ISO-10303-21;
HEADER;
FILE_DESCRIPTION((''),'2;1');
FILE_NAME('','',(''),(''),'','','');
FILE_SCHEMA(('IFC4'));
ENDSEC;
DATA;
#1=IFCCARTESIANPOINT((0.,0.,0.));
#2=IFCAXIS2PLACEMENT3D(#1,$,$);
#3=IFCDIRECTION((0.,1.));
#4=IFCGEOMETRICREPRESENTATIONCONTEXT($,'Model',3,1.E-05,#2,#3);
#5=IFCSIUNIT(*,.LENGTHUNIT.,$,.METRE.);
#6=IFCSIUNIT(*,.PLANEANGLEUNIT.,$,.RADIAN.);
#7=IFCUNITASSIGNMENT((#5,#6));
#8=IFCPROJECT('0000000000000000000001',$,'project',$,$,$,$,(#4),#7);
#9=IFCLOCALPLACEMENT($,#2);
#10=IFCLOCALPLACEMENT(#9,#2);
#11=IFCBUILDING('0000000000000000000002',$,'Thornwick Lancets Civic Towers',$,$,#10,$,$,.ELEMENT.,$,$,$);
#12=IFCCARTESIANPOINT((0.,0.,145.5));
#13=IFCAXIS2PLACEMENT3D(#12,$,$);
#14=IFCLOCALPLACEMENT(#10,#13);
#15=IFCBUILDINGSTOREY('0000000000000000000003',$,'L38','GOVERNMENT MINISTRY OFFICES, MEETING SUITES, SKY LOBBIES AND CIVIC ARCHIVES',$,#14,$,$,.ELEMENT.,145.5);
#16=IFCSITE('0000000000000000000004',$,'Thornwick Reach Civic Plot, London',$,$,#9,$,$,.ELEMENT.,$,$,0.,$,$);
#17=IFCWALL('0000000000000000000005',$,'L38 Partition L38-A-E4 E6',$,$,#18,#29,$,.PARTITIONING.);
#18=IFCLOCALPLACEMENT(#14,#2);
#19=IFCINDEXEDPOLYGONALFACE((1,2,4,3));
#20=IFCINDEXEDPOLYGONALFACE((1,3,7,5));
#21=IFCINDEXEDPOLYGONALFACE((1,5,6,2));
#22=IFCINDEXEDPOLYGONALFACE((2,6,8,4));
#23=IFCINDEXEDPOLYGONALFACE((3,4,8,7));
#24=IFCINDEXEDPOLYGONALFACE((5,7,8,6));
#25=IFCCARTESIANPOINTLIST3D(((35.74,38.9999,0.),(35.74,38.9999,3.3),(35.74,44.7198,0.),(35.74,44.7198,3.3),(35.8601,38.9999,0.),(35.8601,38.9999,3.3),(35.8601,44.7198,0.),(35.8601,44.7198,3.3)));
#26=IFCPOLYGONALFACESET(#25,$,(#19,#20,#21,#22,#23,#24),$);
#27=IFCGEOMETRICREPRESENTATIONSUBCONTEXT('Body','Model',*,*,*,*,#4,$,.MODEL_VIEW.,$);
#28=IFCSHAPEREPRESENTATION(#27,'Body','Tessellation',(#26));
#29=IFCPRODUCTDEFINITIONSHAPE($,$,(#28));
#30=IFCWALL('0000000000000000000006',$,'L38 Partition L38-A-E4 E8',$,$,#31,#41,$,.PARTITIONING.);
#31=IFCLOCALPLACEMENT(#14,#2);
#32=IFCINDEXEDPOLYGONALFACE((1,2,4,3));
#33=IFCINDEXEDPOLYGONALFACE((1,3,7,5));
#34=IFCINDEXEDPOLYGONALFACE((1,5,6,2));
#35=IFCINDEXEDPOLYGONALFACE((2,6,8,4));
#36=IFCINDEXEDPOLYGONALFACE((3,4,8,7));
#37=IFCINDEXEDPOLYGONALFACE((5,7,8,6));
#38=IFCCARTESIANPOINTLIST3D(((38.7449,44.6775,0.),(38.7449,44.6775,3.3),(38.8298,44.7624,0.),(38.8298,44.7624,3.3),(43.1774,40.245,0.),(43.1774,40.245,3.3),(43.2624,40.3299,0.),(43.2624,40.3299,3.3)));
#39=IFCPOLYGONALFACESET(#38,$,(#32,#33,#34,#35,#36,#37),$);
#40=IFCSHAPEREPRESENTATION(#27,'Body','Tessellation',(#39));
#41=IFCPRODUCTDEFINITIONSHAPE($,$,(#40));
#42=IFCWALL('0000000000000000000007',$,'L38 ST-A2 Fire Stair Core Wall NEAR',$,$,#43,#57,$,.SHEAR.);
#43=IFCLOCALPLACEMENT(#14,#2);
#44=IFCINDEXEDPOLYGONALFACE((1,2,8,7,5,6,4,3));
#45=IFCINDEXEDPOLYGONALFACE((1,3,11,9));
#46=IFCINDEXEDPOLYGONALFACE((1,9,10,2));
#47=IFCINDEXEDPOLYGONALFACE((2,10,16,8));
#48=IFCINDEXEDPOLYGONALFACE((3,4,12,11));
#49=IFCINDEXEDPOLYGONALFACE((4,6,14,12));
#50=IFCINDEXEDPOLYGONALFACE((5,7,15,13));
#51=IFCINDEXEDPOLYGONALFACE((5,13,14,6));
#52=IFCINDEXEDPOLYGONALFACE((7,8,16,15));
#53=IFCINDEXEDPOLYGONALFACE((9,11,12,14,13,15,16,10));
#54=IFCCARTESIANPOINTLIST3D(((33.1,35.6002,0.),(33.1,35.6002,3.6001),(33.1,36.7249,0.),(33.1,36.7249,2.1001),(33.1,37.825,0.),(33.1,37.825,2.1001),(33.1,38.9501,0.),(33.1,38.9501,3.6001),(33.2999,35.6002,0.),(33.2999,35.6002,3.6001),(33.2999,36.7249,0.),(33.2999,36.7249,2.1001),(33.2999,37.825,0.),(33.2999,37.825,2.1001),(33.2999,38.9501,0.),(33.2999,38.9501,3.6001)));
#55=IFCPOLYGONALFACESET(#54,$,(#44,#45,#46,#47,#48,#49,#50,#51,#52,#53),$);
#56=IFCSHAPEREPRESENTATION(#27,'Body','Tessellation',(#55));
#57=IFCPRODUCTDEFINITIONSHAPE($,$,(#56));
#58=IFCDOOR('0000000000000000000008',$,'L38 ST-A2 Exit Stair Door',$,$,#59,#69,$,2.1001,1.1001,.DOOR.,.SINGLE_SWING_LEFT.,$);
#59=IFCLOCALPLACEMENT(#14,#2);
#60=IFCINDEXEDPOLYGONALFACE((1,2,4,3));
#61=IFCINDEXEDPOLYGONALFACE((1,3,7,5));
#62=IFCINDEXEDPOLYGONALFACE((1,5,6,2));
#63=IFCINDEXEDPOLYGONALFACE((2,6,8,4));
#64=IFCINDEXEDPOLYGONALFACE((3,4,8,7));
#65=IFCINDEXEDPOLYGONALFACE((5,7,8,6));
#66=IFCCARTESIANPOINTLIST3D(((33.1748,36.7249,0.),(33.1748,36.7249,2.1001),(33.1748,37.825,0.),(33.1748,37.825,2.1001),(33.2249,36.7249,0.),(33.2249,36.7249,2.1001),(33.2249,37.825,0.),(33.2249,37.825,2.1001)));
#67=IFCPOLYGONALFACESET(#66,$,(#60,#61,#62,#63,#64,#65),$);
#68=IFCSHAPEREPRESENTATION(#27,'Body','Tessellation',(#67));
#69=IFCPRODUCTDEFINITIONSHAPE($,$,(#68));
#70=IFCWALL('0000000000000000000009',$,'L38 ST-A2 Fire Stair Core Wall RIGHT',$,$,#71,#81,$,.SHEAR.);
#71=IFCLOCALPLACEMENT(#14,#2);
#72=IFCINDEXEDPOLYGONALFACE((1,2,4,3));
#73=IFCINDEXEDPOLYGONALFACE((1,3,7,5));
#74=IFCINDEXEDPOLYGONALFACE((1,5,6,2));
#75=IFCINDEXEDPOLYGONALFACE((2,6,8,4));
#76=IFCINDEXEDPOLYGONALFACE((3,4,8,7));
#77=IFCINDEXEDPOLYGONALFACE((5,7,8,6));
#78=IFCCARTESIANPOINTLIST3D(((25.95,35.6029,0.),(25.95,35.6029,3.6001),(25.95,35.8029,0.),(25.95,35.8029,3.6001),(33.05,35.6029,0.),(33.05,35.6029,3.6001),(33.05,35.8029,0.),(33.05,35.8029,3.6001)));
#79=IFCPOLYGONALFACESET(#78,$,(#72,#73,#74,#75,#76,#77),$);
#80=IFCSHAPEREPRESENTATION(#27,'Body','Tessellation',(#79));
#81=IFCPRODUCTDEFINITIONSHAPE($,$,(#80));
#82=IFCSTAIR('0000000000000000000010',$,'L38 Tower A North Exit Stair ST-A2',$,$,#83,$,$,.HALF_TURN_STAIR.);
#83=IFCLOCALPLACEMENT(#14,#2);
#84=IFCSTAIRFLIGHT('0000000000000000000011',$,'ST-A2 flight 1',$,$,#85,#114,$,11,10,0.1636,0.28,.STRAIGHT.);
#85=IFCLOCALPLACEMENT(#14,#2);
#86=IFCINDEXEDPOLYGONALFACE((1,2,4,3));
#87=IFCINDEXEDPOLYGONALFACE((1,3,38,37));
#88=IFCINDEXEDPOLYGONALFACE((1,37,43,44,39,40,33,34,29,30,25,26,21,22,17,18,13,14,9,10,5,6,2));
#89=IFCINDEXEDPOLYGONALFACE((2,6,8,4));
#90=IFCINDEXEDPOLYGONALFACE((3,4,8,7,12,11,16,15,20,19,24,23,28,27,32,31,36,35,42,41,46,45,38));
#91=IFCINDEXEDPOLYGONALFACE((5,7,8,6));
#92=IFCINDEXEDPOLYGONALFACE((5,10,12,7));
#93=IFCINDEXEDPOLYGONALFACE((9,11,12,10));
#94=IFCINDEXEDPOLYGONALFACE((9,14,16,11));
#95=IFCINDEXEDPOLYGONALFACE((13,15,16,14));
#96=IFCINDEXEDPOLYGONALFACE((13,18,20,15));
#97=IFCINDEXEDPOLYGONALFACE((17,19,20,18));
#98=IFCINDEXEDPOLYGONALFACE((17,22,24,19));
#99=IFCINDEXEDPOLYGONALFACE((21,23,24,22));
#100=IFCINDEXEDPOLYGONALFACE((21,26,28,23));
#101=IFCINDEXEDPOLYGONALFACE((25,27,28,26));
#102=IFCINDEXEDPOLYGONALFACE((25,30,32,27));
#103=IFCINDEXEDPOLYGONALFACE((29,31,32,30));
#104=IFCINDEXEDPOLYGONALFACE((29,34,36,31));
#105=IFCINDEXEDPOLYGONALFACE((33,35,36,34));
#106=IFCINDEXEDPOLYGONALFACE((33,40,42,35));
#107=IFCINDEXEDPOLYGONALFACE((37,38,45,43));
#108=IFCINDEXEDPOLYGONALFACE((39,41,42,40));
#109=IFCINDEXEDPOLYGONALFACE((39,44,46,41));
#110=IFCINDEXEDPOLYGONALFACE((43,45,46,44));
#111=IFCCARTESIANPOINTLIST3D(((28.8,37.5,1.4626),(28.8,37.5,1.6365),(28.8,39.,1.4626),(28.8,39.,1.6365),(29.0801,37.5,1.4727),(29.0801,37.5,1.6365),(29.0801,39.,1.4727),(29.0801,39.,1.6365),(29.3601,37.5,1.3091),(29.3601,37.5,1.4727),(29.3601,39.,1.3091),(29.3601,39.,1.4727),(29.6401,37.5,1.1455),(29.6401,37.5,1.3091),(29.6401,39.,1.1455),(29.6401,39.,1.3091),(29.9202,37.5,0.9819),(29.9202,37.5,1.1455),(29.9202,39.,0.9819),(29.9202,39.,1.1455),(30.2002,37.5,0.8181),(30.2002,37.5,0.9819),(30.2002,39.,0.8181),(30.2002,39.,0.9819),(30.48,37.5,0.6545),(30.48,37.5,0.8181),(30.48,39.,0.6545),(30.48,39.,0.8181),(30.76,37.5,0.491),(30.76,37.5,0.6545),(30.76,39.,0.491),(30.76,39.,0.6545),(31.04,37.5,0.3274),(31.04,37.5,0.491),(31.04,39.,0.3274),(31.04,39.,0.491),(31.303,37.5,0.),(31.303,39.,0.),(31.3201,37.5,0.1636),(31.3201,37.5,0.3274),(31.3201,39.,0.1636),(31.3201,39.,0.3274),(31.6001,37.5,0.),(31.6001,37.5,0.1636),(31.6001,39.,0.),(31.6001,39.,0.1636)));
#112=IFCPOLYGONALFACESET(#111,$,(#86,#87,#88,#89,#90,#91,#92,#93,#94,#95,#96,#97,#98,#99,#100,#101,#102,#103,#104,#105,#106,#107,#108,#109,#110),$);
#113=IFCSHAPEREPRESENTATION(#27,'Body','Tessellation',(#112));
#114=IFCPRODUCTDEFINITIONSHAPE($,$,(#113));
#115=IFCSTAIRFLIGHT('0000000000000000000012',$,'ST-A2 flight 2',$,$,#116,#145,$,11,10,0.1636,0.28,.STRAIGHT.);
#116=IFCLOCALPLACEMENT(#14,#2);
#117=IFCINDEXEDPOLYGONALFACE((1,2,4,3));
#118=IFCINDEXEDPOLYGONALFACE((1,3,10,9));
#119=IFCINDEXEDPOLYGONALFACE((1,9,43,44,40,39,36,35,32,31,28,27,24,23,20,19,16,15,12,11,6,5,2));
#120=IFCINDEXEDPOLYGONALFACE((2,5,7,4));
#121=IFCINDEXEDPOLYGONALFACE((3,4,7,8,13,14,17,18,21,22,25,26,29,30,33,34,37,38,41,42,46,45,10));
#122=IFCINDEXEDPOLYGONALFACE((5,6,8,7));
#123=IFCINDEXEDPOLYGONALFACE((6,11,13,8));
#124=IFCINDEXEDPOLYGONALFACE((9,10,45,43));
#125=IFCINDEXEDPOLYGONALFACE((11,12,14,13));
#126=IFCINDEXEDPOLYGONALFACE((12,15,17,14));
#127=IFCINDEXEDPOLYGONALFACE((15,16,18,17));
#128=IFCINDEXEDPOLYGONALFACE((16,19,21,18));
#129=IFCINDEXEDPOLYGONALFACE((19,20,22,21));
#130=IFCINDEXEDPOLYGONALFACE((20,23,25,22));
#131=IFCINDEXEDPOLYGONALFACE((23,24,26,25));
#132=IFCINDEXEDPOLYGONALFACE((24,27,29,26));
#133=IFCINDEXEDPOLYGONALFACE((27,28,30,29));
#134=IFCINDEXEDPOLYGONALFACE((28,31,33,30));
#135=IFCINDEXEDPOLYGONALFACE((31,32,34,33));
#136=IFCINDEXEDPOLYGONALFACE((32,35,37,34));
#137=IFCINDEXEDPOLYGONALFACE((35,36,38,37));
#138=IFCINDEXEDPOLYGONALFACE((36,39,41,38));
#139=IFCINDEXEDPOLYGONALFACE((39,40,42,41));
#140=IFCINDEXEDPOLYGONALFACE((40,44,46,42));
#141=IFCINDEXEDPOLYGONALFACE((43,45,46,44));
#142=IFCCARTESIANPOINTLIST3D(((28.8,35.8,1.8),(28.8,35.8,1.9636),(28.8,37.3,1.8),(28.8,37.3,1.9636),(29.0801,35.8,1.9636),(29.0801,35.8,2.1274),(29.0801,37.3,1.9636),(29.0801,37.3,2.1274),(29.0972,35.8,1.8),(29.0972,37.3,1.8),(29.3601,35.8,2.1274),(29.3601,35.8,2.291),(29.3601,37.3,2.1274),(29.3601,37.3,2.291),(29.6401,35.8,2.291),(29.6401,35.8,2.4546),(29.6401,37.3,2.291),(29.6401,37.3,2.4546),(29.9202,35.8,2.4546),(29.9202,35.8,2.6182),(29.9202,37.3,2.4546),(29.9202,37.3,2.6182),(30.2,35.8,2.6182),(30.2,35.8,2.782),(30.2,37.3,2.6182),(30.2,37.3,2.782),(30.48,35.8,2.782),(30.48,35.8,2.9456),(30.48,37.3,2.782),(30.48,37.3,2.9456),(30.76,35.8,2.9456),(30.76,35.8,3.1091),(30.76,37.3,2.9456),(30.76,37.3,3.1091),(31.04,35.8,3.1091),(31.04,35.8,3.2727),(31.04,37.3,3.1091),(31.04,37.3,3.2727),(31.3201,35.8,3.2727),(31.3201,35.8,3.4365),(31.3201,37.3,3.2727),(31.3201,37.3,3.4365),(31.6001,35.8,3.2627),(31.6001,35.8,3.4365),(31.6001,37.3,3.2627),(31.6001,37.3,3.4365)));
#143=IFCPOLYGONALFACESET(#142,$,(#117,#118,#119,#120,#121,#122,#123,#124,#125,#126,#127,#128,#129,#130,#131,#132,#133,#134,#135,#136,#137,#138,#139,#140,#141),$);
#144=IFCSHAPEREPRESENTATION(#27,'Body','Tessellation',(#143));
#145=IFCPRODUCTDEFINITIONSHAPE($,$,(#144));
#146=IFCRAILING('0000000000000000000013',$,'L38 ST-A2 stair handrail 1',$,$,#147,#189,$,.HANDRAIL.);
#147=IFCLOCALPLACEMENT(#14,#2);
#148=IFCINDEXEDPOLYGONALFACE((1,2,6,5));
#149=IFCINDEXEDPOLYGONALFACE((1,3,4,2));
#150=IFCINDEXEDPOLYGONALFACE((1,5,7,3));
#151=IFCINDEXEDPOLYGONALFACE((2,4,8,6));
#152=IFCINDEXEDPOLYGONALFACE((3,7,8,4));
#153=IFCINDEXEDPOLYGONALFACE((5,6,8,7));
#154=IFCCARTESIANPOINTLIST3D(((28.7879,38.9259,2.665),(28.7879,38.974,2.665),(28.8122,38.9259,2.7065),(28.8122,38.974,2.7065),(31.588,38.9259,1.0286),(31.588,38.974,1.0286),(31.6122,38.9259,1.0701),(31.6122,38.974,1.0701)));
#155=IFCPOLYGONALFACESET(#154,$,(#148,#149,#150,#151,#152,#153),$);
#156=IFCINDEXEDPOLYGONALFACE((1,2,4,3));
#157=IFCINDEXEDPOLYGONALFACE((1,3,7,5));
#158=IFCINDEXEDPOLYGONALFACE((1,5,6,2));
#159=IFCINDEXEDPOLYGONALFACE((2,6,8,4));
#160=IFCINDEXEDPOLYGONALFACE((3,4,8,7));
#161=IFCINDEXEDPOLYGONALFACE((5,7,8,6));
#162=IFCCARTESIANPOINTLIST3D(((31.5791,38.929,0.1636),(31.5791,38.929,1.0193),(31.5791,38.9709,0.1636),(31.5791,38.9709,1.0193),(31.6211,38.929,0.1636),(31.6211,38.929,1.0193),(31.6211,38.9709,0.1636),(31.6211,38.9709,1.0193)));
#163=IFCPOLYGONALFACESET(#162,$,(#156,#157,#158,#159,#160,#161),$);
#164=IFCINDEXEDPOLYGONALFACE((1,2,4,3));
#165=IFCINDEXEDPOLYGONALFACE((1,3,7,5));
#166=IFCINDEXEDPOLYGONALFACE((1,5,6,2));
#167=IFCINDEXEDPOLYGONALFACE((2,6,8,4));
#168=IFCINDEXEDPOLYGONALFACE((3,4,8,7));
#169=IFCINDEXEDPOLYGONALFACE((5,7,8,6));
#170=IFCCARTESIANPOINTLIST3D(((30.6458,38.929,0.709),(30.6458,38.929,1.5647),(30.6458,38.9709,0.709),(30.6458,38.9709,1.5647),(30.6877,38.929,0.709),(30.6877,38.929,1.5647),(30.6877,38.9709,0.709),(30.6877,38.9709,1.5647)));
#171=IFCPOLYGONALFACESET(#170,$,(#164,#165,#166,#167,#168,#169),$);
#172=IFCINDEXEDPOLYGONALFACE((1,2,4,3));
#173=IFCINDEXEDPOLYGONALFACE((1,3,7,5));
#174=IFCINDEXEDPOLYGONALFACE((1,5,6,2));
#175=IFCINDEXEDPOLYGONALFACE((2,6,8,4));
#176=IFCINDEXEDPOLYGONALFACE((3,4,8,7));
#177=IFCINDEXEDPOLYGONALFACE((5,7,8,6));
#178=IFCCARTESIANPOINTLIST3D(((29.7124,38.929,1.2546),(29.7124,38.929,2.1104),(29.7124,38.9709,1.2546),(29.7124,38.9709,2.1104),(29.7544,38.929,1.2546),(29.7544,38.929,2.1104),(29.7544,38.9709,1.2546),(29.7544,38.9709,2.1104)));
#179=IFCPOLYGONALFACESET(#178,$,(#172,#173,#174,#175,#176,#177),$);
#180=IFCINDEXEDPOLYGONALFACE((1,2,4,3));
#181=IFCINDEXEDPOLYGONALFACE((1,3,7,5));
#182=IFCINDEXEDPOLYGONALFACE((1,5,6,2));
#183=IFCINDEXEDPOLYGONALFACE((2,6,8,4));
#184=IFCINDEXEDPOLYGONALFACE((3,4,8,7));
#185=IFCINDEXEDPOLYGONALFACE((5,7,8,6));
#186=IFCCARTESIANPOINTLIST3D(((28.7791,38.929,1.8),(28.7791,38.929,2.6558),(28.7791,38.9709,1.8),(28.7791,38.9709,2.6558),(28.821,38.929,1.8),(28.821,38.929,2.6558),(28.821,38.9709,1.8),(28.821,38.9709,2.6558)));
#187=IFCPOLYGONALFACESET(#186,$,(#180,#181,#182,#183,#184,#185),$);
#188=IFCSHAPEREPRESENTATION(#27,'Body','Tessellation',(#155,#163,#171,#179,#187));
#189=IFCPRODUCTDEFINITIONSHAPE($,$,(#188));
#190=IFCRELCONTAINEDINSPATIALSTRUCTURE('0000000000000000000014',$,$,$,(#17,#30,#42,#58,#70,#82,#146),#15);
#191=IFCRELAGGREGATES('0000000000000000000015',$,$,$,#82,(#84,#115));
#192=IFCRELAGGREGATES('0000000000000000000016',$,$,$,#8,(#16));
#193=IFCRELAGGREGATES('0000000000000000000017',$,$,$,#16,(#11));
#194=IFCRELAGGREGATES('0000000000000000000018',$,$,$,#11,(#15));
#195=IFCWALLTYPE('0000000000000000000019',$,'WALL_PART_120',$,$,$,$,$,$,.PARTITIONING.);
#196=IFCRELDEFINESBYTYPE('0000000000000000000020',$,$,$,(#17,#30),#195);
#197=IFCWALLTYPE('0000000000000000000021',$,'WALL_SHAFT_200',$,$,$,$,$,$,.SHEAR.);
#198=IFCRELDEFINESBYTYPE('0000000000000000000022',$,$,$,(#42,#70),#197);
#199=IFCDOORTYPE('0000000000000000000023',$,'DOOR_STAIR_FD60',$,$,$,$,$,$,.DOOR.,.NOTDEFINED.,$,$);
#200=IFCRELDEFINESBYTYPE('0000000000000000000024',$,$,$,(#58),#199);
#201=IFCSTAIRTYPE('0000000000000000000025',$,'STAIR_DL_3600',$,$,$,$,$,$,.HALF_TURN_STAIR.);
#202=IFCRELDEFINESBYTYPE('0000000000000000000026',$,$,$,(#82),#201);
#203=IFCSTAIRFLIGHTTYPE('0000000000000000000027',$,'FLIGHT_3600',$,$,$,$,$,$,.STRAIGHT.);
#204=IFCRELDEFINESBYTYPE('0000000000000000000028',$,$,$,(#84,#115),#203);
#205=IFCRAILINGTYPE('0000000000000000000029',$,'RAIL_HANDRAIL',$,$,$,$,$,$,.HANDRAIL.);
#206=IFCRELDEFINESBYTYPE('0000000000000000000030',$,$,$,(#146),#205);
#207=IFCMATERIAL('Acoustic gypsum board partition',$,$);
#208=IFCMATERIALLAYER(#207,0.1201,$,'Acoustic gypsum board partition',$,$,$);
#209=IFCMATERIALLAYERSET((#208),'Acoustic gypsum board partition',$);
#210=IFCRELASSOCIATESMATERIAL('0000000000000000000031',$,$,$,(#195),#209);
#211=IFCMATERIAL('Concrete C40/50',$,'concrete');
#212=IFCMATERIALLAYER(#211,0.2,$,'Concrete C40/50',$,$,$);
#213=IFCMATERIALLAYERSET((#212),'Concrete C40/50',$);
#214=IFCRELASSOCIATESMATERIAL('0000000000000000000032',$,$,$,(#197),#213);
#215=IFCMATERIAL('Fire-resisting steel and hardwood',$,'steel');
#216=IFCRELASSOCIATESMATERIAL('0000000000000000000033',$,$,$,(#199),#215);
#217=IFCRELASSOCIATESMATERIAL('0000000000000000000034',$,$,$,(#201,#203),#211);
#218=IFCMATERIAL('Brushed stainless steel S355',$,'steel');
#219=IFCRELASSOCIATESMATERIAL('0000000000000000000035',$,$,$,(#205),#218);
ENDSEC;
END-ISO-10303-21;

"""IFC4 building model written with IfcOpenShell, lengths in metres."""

from ifc_helpers import new_model, si_unit, direction, frame, frame_2d, origin, origin_2d, place, context, subcontext, project, spatial, polyline, rectangle, outline, extrude, material, layer, layer_set, type_object, element, fill, aggregate, save


model = new_model("IFC4")

# Units and contexts
model_context = context("Model", 3, precision=1e-05, world=origin(), true_north=direction((0.0, 1.0)))
body_context = subcontext(model_context, "Body", "Model", "MODEL_VIEW")
ifc_project = project(units=[si_unit("LENGTHUNIT", "METRE"), si_unit("PLANEANGLEUNIT", "RADIAN")], contexts=[model_context])

# Site, building, storey
site_placement = place(None, origin())
site = spatial("IfcSite", under=ifc_project, at=site_placement, Name="Thornwick Reach Civic Plot, London", CompositionType="ELEMENT", RefElevation=0.0)
building_placement = place(site_placement, origin())
building = spatial("IfcBuilding", under=site, at=building_placement, Name="Thornwick Lancets Civic Towers", CompositionType="ELEMENT")
storey_placement = place(building_placement, frame((0.0, 0.0, 145.5)))
storey = spatial("IfcBuildingStorey", under=building, at=storey_placement, Name="L38", Description="GOVERNMENT MINISTRY OFFICES, MEETING SUITES, SKY LOBBIES AND CIVIC ARCHIVES", CompositionType="ELEMENT", Elevation=145.5)

# Shared definitions
ifc_material_1 = material(Name="Concrete C40/50", Category="concrete")

# Walls
ifc_material_2 = material(Name="Acoustic gypsum board partition")
ifc_layer_1 = layer(ifc_material_2, 0.1201, Name="Acoustic gypsum board partition")
ifc_layer_set_1 = layer_set([ifc_layer_1], Name="Acoustic gypsum board partition")
wall_type_1 = type_object("IfcWallType", Name="WALL_PART_120", PredefinedType="PARTITIONING", material=ifc_layer_set_1)
wall_1_placement = place(storey_placement, frame((35.8, 39.0, 0.0), z_axis=(0.0, 0.0, 1.0), x_axis=(0.0, 1.0, 0.0)))
element("IfcWall", 1, at=wall_1_placement, inside=storey, type_object=wall_type_1, Name="L38 Partition L38-A-E4 E6", PredefinedType="PARTITIONING", context=body_context, shape_type="SweptSolid", body=[
    extrude(rectangle(XDim=5.72, YDim=0.1201, at=frame_2d((2.8599, 0.0))), origin(), (0.0, 0.0, 1.0), 3.3),
])
wall_2_placement = place(storey_placement, frame((38.7874, 44.72, 0.0), z_axis=(0.0, 0.0, 1.0), x_axis=(0.707107, -0.707107, 0.0)))
element("IfcWall", 2, at=wall_2_placement, inside=storey, type_object=wall_type_1, Name="L38 Partition L38-A-E4 E8", PredefinedType="PARTITIONING", context=body_context, shape_type="SweptSolid", body=[
    extrude(rectangle(XDim=6.2686, YDim=0.1201, at=frame_2d((3.1343, 0.0))), origin(), (0.0, 0.0, 1.0), 3.3),
])

# Wall, opening, door
ifc_layer_2 = layer(ifc_material_1, 0.2, Name="Concrete C40/50")
ifc_layer_set_2 = layer_set([ifc_layer_2], Name="Concrete C40/50")
wall_type_2 = type_object("IfcWallType", Name="WALL_SHAFT_200", PredefinedType="SHEAR", material=ifc_layer_set_2)
wall_3_placement = place(storey_placement, frame((33.2, 38.95, 0.0), z_axis=(0.0, 0.0, 1.0), x_axis=(0.0, -1.0, 0.0)))
wall_3 = element("IfcWall", 3, at=wall_3_placement, inside=storey, type_object=wall_type_2, Name="L38 ST-A2 Fire Stair Core Wall NEAR", PredefinedType="SHEAR", context=body_context, shape_type="SweptSolid", body=[
    extrude(rectangle(XDim=3.3499, YDim=0.2, at=frame_2d((1.6748, 0.0))), origin(), (0.0, 0.0, 1.0), 3.6001),
])
opening_1_placement = place(wall_3_placement, frame((1.125, 0.0, 0.0)))
opening_1 = element("IfcOpeningElement", 4, at=opening_1_placement, cuts=wall_3, PredefinedType="OPENING", context=body_context, shape_type="SweptSolid", body=[
    extrude(rectangle(XDim=1.1001, YDim=2.1001, at=frame_2d((0.55, 1.05))), frame((0.0, 0.1099, 0.0), z_axis=(0.0, -1.0, 0.0), x_axis=(1.0, 0.0, 0.0)), (0.0, 0.0, 1.0), 0.22),
])
ifc_material_3 = material(Name="Fire-resisting steel and hardwood", Category="steel")
door_type = type_object("IfcDoorType", Name="DOOR_STAIR_FD60", OperationType="NOTDEFINED", PredefinedType="DOOR", material=ifc_material_3)
door_placement = place(opening_1_placement, origin())
door = element("IfcDoor", 5, at=door_placement, inside=storey, type_object=door_type, Name="L38 ST-A2 Exit Stair Door", OperationType="SINGLE_SWING_LEFT", OverallHeight=2.1001, OverallWidth=1.1001, PredefinedType="DOOR", context=body_context, shape_type="SweptSolid", body=[
    extrude(rectangle(XDim=1.1001, YDim=2.1001, at=frame_2d((0.55, 1.05))), frame((0.0, 0.0249, 0.0), z_axis=(0.0, -1.0, 0.0), x_axis=(1.0, 0.0, 0.0)), (0.0, 0.0, 1.0), 0.05),
])
fill(opening_1, door)

# Wall
wall_4_placement = place(storey_placement, frame((25.95, 35.7029, 0.0), z_axis=(0.0, 0.0, 1.0), x_axis=(1.0, 0.0, 0.0)))
element("IfcWall", 6, at=wall_4_placement, inside=storey, type_object=wall_type_2, Name="L38 ST-A2 Fire Stair Core Wall RIGHT", PredefinedType="SHEAR", context=body_context, shape_type="SweptSolid", body=[
    extrude(rectangle(XDim=7.1001, YDim=0.2, at=frame_2d((3.55, 0.0))), origin(), (0.0, 0.0, 1.0), 3.6001),
])

# Stair, stair flights
stair_type = type_object("IfcStairType", Name="STAIR_DL_3600", PredefinedType="HALF_TURN_STAIR", material=ifc_material_1)
stair_placement = place(storey_placement, origin())
stair = element("IfcStair", 7, at=stair_placement, inside=storey, type_object=stair_type, Name="L38 Tower A North Exit Stair ST-A2", PredefinedType="HALF_TURN_STAIR")
stair_flight_type = type_object("IfcStairFlightType", Name="FLIGHT_3600", PredefinedType="STRAIGHT", material=ifc_material_1)
stair_flight_1_placement = place(storey_placement, frame((31.6001, 38.25, 0.0), z_axis=(0.0, 0.0, 1.0), x_axis=(-1.0, 0.0, 0.0)))
stair_flight_1 = element("IfcStairFlight", 8, at=stair_flight_1_placement, type_object=stair_flight_type, Name="ST-A2 flight 1", NumberOfRisers=11, NumberOfTreads=10, PredefinedType="STRAIGHT", RiserHeight=0.1636, TreadLength=0.28, context=body_context, shape_type="SweptSolid", body=[
    extrude(outline(polyline([(0.0, 0.0), (0.0, 0.1636), (0.28, 0.1636), (0.28, 0.3274), (0.5601, 0.3274), (0.5601, 0.491), (0.8401, 0.491), (0.8401, 0.6545), (1.1201, 0.6545), (1.1201, 0.8181), (1.3999, 0.8181), (1.3999, 0.9819), (1.6799, 0.9819), (1.6799, 1.1455), (1.96, 1.1455), (1.96, 1.3091), (2.24, 1.3091), (2.24, 1.4727), (2.52, 1.4727), (2.52, 1.6365), (2.8, 1.6365), (2.8, 1.8), (2.8, 1.4626), (0.2971, 0.0), (0.0, 0.0)])), frame((0.0, 0.75, 0.0), z_axis=(0.0, -1.0, 0.0), x_axis=(1.0, 0.0, 0.0)), (0.0, 0.0, 1.0), 1.5),
])
stair_flight_2_placement = place(storey_placement, frame((28.8, 36.55, 1.8), z_axis=(0.0, 0.0, 1.0), x_axis=(1.0, 0.0, 0.0)))
stair_flight_2 = element("IfcStairFlight", 9, at=stair_flight_2_placement, type_object=stair_flight_type, Name="ST-A2 flight 2", NumberOfRisers=11, NumberOfTreads=10, PredefinedType="STRAIGHT", RiserHeight=0.1636, TreadLength=0.28, context=body_context, shape_type="SweptSolid", body=[
    extrude(outline(polyline([(0.0, 0.0), (0.0, 0.1636), (0.28, 0.1636), (0.28, 0.3274), (0.5601, 0.3274), (0.5601, 0.491), (0.8401, 0.491), (0.8401, 0.6545), (1.1201, 0.6545), (1.1201, 0.8181), (1.3999, 0.8181), (1.3999, 0.9819), (1.6799, 0.9819), (1.6799, 1.1455), (1.96, 1.1455), (1.96, 1.3091), (2.24, 1.3091), (2.24, 1.4727), (2.52, 1.4727), (2.52, 1.6365), (2.8, 1.6365), (2.8, 1.8), (2.8, 1.4626), (0.2971, 0.0), (0.0, 0.0)])), frame((0.0, 0.75, 0.0), z_axis=(0.0, -1.0, 0.0), x_axis=(1.0, 0.0, 0.0)), (0.0, 0.0, 1.0), 1.5),
])
aggregate(stair, [stair_flight_1, stair_flight_2])

# Railing
ifc_material_4 = material(Name="Brushed stainless steel S355", Category="steel")
railing_type_1 = type_object("IfcRailingType", Name="RAIL_HANDRAIL", PredefinedType="HANDRAIL", material=ifc_material_4)
railing_1_placement = place(storey_placement, frame((31.6001, 38.95, 0.1636)))
element("IfcRailing", 10, at=railing_1_placement, inside=storey, type_object=railing_type_1, Name="L38 ST-A2 stair handrail 1", PredefinedType="HANDRAIL", context=body_context, shape_type="SweptSolid", body=[
    extrude(rectangle(XDim=0.0481, YDim=0.0481, at=origin_2d()), frame((0.0, 0.0, 0.8857), z_axis=(-0.863361, 0.0, 0.504587), x_axis=(0.0, -1.0, 0.0)), (0.0, 0.0, 1.0), 3.2432),
    extrude(rectangle(XDim=0.042, YDim=0.042, at=origin_2d()), origin(), (0.0, 0.0, 1.0), 0.8557),
    extrude(rectangle(XDim=0.042, YDim=0.042, at=origin_2d()), frame((-0.9333, 0.0, 0.5454)), (0.0, 0.0, 1.0), 0.8557),
    extrude(rectangle(XDim=0.042, YDim=0.042, at=origin_2d()), frame((-1.8667, 0.0, 1.0911)), (0.0, 0.0, 1.0), 0.8557),
    extrude(rectangle(XDim=0.042, YDim=0.042, at=origin_2d()), frame((-2.8, 0.0, 1.6365)), (0.0, 0.0, 1.0), 0.8557),
])

save(model, "model.ifc")
